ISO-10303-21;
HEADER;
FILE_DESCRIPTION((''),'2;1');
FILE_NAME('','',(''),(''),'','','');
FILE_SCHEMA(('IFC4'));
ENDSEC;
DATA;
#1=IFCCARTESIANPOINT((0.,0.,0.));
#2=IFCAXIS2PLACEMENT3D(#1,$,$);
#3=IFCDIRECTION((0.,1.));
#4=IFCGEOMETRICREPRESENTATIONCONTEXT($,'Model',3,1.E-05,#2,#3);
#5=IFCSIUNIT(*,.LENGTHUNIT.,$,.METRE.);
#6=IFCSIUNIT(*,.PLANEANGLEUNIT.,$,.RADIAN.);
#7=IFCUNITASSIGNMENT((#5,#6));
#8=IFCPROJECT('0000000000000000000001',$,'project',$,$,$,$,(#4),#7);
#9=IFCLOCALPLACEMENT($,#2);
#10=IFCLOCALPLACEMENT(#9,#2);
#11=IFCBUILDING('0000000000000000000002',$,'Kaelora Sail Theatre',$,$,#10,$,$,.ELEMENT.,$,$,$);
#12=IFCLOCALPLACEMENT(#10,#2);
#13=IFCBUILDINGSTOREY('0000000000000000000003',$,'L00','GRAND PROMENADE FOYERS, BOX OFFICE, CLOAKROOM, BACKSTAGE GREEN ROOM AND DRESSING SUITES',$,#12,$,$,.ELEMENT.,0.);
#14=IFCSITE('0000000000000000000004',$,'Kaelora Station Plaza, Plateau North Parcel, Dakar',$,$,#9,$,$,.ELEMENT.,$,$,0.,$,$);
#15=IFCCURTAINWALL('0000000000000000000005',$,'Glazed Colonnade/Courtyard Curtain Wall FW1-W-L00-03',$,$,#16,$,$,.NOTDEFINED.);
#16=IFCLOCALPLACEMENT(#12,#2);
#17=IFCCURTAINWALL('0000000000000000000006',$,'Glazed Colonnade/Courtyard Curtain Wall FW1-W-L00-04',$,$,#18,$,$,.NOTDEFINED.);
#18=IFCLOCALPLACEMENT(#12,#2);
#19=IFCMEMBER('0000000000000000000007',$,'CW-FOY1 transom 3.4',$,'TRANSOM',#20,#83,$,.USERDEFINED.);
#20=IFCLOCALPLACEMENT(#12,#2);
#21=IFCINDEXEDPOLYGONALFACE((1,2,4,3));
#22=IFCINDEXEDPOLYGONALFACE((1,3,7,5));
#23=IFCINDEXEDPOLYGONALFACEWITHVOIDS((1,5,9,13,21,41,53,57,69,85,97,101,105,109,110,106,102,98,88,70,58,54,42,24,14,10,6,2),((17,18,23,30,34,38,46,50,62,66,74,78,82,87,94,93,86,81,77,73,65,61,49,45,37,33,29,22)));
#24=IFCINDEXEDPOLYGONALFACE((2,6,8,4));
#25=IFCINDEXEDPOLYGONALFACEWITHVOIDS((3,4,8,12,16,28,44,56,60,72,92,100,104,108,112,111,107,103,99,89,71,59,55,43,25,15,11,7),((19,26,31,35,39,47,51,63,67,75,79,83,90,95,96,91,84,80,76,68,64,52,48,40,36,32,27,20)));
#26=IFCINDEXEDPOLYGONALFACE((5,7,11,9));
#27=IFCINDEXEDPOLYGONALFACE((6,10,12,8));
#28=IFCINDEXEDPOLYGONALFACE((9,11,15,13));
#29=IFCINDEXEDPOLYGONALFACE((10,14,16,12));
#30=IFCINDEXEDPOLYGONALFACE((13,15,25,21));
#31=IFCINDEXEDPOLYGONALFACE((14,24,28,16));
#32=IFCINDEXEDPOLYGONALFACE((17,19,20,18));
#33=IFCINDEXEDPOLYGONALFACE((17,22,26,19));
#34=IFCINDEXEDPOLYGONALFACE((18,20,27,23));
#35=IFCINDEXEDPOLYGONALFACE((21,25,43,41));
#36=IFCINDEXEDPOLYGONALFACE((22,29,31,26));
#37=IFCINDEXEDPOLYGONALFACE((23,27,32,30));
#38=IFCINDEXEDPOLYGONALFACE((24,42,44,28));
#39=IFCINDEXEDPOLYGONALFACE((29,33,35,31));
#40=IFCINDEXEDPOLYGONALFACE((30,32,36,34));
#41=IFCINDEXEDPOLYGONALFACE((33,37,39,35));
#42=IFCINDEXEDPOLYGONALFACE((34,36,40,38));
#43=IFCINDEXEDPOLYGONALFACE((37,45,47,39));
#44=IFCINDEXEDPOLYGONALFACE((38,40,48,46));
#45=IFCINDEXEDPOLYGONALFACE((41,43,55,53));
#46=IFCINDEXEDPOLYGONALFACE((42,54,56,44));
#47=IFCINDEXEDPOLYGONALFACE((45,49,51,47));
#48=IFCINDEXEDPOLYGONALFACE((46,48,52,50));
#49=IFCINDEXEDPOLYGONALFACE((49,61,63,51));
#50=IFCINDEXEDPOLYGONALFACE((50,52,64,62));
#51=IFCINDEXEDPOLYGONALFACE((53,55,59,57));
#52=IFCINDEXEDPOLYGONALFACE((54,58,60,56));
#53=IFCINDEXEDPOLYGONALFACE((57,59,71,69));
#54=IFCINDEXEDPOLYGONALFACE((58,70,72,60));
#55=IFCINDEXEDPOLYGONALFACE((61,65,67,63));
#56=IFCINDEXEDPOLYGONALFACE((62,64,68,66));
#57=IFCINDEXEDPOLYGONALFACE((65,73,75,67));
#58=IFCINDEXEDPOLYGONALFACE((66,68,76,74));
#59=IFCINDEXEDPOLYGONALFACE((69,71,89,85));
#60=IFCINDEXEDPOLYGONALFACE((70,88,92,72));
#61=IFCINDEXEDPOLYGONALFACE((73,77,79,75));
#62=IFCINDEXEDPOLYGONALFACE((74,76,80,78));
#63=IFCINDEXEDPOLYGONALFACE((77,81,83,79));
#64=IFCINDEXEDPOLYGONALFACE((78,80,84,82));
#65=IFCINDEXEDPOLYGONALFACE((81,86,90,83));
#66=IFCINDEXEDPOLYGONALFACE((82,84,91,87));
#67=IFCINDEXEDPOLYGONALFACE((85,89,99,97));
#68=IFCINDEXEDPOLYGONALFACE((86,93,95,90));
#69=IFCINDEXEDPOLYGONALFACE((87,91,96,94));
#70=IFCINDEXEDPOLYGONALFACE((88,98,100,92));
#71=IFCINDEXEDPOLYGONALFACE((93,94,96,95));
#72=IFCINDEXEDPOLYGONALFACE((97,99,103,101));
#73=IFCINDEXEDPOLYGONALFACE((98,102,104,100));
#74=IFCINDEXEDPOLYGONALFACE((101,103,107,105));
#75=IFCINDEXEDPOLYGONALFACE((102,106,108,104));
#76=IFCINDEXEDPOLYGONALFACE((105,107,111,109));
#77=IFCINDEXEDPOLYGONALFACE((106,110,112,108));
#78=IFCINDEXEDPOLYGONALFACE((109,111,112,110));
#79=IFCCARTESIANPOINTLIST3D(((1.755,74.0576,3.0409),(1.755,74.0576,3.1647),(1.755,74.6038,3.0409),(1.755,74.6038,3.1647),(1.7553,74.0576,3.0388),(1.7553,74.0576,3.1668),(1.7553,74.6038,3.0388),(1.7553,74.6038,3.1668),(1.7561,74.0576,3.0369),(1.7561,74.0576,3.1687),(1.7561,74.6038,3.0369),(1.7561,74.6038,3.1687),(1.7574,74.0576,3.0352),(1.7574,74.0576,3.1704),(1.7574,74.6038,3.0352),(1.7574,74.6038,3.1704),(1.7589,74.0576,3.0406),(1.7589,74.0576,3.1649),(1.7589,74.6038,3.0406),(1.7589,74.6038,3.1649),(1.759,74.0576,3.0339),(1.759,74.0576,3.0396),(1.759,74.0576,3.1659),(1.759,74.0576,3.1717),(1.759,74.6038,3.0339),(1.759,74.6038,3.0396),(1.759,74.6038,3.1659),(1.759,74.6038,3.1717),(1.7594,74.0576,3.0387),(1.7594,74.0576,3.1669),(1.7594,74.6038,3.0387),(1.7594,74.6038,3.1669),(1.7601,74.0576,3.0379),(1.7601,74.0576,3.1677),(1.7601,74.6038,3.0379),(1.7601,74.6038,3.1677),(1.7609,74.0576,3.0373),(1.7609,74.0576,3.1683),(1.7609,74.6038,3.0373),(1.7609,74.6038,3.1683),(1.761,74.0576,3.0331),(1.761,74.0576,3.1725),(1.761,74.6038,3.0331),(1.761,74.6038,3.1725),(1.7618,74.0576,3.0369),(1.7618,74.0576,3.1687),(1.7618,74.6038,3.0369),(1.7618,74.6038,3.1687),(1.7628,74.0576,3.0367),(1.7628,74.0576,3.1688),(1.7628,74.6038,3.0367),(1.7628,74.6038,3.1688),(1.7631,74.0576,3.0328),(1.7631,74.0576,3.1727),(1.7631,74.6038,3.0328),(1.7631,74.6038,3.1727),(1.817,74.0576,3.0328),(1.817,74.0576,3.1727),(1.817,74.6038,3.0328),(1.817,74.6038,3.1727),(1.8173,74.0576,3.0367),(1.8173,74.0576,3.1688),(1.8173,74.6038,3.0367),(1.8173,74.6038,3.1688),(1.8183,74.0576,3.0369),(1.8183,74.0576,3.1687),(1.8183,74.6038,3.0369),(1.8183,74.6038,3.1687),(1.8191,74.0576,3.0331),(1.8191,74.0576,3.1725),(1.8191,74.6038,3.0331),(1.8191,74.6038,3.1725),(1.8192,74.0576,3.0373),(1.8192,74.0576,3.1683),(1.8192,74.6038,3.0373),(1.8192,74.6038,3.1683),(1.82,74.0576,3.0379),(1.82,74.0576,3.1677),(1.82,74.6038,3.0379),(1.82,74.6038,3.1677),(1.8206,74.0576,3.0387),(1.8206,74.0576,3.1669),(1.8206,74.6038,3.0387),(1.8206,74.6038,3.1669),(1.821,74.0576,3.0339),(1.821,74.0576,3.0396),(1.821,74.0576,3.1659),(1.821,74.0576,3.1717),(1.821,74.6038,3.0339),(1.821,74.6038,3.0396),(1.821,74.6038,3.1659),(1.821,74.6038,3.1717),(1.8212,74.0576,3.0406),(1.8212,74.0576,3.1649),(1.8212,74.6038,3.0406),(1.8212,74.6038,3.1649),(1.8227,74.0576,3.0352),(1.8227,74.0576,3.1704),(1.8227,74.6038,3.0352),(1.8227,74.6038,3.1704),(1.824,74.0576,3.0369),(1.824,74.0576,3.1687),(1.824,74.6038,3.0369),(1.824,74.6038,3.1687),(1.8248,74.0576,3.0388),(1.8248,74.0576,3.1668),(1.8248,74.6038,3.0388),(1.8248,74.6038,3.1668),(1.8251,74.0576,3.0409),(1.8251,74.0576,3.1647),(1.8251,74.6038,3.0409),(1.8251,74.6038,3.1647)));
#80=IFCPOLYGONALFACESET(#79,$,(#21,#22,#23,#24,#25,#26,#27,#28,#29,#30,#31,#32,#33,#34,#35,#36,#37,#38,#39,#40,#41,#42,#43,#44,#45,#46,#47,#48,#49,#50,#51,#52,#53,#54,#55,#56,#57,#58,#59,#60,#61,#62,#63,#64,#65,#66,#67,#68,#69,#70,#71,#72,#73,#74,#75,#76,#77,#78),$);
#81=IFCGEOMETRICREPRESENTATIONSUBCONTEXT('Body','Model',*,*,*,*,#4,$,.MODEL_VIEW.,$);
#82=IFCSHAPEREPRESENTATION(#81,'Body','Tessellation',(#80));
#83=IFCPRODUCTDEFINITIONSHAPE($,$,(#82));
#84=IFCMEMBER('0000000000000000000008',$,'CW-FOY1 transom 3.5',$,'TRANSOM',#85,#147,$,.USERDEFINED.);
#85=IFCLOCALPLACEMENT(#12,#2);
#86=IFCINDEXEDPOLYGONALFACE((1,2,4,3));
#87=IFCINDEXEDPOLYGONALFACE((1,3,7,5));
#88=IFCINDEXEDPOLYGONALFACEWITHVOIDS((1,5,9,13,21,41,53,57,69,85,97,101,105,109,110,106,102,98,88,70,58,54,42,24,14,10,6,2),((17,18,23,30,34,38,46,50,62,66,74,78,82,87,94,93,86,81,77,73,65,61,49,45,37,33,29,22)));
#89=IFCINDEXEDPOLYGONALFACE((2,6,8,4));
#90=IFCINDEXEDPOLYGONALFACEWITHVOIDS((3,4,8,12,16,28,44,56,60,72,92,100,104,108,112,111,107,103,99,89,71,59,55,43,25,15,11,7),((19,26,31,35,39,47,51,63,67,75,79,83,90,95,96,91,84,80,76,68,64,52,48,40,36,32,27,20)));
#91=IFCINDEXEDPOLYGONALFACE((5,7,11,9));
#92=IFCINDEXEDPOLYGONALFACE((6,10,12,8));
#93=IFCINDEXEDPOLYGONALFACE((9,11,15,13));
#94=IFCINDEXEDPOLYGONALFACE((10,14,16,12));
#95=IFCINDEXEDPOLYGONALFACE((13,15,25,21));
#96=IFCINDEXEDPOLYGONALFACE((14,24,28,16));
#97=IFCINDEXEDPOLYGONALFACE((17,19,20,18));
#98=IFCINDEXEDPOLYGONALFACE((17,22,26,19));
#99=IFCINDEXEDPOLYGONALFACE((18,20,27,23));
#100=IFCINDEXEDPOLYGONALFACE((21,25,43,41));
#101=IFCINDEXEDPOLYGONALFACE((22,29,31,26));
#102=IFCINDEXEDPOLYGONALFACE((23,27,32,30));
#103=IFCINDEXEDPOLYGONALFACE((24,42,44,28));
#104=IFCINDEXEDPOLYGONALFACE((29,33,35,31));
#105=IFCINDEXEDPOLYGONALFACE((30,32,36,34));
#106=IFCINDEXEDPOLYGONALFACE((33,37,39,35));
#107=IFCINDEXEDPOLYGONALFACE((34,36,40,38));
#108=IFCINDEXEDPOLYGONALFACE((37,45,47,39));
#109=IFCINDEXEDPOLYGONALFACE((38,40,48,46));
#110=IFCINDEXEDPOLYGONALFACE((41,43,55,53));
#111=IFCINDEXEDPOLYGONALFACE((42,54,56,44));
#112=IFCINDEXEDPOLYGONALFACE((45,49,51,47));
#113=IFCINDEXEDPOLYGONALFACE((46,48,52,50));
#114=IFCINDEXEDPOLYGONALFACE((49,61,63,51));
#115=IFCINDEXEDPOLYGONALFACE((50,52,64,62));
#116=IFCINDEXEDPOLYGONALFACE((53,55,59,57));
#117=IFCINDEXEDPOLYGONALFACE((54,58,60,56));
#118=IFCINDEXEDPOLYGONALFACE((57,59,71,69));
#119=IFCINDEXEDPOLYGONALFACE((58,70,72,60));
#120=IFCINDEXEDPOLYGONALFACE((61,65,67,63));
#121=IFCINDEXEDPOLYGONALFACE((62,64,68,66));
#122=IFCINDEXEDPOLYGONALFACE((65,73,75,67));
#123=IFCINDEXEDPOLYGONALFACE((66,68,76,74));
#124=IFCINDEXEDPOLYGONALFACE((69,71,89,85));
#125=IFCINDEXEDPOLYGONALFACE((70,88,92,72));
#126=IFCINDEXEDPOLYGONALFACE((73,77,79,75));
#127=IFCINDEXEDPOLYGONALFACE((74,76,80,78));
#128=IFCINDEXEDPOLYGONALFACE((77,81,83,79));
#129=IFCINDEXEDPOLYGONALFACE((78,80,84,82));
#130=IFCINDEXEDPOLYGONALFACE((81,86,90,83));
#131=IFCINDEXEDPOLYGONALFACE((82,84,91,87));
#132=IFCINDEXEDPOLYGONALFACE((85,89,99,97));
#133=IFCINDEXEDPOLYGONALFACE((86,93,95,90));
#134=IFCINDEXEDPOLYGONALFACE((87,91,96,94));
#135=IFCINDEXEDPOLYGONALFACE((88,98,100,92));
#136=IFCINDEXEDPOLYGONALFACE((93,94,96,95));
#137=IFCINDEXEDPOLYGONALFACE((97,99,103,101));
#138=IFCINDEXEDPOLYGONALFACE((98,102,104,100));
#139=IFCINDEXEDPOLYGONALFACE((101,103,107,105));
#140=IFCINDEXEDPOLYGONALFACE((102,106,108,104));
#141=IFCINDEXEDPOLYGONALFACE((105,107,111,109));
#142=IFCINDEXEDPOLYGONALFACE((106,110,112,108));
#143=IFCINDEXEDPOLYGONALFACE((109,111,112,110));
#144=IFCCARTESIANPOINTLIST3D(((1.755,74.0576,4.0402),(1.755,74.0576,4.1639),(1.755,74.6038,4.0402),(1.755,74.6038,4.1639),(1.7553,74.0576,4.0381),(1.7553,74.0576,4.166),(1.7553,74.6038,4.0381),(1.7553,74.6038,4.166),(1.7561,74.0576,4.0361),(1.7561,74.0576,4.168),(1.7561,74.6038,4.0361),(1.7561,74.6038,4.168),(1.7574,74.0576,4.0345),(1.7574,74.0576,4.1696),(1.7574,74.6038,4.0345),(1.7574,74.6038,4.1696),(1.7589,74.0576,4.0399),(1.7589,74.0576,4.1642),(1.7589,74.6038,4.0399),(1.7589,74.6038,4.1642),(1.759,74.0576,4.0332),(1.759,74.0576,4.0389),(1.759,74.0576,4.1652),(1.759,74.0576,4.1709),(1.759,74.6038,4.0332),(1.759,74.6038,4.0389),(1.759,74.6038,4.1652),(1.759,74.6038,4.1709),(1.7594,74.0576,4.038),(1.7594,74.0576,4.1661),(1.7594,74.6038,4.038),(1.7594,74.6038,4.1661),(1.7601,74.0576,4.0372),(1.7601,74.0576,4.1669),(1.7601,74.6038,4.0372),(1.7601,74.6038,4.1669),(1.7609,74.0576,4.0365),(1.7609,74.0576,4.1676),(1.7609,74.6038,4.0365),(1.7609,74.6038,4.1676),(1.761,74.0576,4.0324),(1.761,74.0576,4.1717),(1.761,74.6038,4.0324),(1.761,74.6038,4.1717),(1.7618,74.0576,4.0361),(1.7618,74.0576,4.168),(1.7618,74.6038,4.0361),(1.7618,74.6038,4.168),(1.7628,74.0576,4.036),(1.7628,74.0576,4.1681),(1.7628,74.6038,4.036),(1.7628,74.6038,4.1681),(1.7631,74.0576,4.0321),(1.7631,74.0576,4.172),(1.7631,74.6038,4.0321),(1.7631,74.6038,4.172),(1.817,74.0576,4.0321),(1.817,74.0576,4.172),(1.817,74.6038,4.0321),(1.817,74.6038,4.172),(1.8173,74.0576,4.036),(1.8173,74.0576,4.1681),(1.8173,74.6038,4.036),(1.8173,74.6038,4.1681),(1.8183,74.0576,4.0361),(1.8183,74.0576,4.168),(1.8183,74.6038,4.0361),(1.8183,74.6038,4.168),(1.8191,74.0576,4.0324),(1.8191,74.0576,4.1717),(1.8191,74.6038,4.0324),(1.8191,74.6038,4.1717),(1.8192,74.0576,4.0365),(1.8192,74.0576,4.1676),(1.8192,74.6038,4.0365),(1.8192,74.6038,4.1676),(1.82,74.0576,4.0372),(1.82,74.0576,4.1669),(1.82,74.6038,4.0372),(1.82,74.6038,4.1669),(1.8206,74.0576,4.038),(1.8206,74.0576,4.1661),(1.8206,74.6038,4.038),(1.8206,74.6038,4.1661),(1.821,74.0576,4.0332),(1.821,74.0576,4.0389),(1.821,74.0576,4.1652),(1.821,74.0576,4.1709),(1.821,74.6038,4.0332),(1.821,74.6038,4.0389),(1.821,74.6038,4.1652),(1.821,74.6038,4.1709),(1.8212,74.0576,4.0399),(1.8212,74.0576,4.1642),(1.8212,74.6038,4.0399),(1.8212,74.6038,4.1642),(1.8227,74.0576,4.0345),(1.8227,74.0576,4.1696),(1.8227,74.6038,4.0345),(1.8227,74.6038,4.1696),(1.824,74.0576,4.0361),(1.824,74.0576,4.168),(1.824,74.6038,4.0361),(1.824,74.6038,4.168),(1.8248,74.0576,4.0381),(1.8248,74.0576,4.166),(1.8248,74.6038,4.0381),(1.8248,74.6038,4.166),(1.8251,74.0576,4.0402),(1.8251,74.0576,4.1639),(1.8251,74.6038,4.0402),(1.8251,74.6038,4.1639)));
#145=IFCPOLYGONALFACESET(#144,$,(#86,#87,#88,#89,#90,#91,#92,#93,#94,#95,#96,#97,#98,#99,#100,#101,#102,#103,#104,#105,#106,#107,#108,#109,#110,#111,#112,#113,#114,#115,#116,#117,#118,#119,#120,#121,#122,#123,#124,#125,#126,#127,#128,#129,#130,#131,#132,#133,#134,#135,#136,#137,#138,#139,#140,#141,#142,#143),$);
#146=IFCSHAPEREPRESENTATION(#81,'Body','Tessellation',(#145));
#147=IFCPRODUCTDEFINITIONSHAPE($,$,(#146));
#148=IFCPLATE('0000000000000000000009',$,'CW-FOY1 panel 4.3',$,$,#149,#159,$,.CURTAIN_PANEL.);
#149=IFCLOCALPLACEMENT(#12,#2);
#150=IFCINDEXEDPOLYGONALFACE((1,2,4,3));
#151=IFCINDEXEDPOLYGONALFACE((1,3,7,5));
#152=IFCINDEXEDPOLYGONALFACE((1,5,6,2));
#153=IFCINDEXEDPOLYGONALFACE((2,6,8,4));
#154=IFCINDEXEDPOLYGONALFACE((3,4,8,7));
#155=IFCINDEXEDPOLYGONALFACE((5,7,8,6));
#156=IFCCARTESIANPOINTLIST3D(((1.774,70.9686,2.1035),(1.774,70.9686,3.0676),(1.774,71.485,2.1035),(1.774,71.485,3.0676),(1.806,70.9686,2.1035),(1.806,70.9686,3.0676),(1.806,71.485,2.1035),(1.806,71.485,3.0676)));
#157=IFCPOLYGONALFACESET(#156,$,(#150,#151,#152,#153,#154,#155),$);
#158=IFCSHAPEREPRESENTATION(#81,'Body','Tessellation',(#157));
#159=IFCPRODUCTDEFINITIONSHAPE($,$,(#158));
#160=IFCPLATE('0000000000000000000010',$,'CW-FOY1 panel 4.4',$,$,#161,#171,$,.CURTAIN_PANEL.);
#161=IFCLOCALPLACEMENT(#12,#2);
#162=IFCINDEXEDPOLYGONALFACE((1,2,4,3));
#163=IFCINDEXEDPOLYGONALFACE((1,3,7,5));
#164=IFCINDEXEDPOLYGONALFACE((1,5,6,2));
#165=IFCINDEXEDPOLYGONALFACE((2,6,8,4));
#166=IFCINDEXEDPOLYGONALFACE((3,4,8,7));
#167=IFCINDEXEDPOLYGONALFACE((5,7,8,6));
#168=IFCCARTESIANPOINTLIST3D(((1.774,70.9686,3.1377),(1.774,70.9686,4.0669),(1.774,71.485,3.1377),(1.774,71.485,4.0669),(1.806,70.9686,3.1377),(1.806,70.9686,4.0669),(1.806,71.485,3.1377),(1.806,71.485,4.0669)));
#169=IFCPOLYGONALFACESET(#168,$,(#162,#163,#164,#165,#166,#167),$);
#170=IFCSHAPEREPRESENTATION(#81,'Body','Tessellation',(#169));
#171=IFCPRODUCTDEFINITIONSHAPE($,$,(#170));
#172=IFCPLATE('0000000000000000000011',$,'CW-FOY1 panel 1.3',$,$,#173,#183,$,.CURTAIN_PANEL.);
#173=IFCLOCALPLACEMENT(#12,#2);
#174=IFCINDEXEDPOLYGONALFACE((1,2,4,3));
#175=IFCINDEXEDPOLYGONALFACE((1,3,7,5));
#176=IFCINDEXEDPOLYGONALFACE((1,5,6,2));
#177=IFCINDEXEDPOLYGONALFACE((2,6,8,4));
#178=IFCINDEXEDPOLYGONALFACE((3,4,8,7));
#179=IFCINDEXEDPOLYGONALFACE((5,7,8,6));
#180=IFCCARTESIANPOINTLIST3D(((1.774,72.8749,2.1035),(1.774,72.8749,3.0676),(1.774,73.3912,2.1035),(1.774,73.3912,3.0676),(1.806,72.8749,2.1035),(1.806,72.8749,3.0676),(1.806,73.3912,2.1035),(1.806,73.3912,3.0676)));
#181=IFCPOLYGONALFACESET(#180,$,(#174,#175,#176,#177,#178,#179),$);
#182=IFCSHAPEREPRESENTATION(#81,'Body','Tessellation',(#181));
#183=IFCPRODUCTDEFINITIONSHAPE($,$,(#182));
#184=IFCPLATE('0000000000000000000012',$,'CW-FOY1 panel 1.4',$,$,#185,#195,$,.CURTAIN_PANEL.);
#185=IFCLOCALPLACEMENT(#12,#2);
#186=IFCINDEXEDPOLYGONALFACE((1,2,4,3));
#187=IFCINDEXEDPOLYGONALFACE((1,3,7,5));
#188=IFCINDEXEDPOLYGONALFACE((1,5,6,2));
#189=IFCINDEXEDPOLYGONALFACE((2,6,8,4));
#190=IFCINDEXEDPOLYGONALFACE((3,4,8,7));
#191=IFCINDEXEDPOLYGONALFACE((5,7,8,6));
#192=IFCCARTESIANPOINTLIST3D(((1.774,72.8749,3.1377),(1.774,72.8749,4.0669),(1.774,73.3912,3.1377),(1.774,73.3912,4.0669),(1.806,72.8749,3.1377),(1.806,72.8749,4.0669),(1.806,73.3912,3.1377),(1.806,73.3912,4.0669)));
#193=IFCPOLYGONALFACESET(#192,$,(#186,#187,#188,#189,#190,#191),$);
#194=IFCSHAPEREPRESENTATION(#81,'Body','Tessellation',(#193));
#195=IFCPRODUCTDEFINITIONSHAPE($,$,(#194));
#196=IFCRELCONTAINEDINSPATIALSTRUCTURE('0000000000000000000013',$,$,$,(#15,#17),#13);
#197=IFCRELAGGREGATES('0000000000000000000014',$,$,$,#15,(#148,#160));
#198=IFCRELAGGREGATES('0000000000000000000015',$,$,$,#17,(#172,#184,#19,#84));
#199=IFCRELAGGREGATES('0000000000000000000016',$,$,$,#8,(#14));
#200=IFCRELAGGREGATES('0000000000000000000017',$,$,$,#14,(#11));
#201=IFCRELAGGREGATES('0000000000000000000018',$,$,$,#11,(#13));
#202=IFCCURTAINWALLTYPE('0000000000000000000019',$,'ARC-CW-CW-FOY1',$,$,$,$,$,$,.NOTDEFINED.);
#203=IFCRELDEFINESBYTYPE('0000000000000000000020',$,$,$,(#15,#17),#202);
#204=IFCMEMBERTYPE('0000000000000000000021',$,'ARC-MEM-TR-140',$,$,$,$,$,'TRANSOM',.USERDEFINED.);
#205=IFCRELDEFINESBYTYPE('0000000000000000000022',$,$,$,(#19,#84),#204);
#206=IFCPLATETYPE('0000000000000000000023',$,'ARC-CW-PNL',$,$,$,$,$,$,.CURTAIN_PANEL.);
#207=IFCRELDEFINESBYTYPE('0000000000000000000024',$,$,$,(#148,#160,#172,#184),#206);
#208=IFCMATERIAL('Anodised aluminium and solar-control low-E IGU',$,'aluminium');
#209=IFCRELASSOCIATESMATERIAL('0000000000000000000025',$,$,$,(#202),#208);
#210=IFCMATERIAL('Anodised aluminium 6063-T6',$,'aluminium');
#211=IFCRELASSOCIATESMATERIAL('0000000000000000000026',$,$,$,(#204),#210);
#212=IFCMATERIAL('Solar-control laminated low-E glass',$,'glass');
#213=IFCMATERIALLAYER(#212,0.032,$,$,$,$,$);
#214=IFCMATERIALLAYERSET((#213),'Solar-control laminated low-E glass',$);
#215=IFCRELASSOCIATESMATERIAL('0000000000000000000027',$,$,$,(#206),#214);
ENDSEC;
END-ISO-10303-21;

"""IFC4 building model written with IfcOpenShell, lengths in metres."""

from ifc_helpers import new_model, si_unit, direction, frame, origin, origin_2d, place, context, subcontext, project, spatial, rectangle, hollow_rectangle, extrude, material, layer, layer_set, material_profile, profile_set, type_object, element, aggregate, save


model = new_model("IFC4")

# Units and contexts
model_context = context("Model", 3, precision=1e-05, world=origin(), true_north=direction((0.0, 1.0)))
body_context = subcontext(model_context, "Body", "Model", "MODEL_VIEW")
ifc_project = project(units=[si_unit("LENGTHUNIT", "METRE"), si_unit("PLANEANGLEUNIT", "RADIAN")], contexts=[model_context])

# Site, building, storey
site_placement = place(None, origin())
site = spatial("IfcSite", under=ifc_project, at=site_placement, Name="Kaelora Station Plaza, Plateau North Parcel, Dakar", CompositionType="ELEMENT", RefElevation=0.0)
building_placement = place(site_placement, origin())
building = spatial("IfcBuilding", under=site, at=building_placement, Name="Kaelora Sail Theatre", CompositionType="ELEMENT")
storey_placement = place(building_placement, origin())
storey = spatial("IfcBuildingStorey", under=building, at=storey_placement, Name="L00", Description="GRAND PROMENADE FOYERS, BOX OFFICE, CLOAKROOM, BACKSTAGE GREEN ROOM AND DRESSING SUITES", CompositionType="ELEMENT", Elevation=0.0)

# Curtain walls, members
ifc_material_1 = material(Name="Anodised aluminium and solar-control low-E IGU", Category="aluminium")
curtain_wall_type = type_object("IfcCurtainWallType", Name="ARC-CW-CW-FOY1", PredefinedType="NOTDEFINED", material=ifc_material_1)
curtain_wall_1_placement = place(storey_placement, origin())
curtain_wall_1 = element("IfcCurtainWall", 1, at=curtain_wall_1_placement, inside=storey, type_object=curtain_wall_type, Name="Glazed Colonnade/Courtyard Curtain Wall FW1-W-L00-03", PredefinedType="NOTDEFINED")
ifc_material_2 = material(Name="Anodised aluminium 6063-T6", Category="aluminium")
ifc_material_profile = material_profile(ifc_material_2, hollow_rectangle(XDim=0.0701, YDim=0.1399, WallThickness=0.0039, InnerFilletRadius=0.0039, OuterFilletRadius=0.0081, at=origin_2d()), Name="ALU-TRAN 70x140x4")
ifc_profile_set = profile_set([ifc_material_profile], Name="Anodised aluminium 6063-T6")
member_type = type_object("IfcMemberType", Name="ARC-MEM-TR-140", ElementType="TRANSOM", PredefinedType="USERDEFINED", material=ifc_profile_set)
curtain_wall_2_placement = place(storey_placement, origin())
curtain_wall_2 = element("IfcCurtainWall", 2, at=curtain_wall_2_placement, inside=storey, type_object=curtain_wall_type, Name="Glazed Colonnade/Courtyard Curtain Wall FW1-W-L00-04", PredefinedType="NOTDEFINED")
member_1_placement = place(storey_placement, frame((1.79, 74.0576, 3.1028), z_axis=(0.0, 1.0, 0.0), x_axis=(-1.0, 0.0, 0.0)))
member_1 = element("IfcMember", 3, at=member_1_placement, type_object=member_type, Name="CW-FOY1 transom 3.4", ObjectType="TRANSOM", PredefinedType="USERDEFINED", context=body_context, shape_type="SweptSolid", body=[
    extrude(hollow_rectangle(XDim=0.0701, YDim=0.1399, WallThickness=0.0039, InnerFilletRadius=0.0039, OuterFilletRadius=0.0081, at=origin_2d()), origin(), (0.0, 0.0, 1.0), 0.5461),
])
member_2_placement = place(storey_placement, frame((1.79, 74.0576, 4.1021), z_axis=(0.0, 1.0, 0.0), x_axis=(-1.0, 0.0, 0.0)))
member_2 = element("IfcMember", 4, at=member_2_placement, type_object=member_type, Name="CW-FOY1 transom 3.5", ObjectType="TRANSOM", PredefinedType="USERDEFINED", context=body_context, shape_type="SweptSolid", body=[
    extrude(hollow_rectangle(XDim=0.0701, YDim=0.1399, WallThickness=0.0039, InnerFilletRadius=0.0039, OuterFilletRadius=0.0081, at=origin_2d()), origin(), (0.0, 0.0, 1.0), 0.5461),
])

# Plates
ifc_material_3 = material(Name="Solar-control laminated low-E glass", Category="glass")
ifc_layer = layer(ifc_material_3, 0.032)
ifc_layer_set = layer_set([ifc_layer], Name="Solar-control laminated low-E glass")
plate_type = type_object("IfcPlateType", Name="ARC-CW-PNL", PredefinedType="CURTAIN_PANEL", material=ifc_layer_set)
plate_1_placement = place(storey_placement, frame((1.79, 71.2268, 2.1035), z_axis=(0.0, 0.0, 1.0), x_axis=(0.0, 1.0, 0.0)))
plate_1 = element("IfcPlate", 5, at=plate_1_placement, type_object=plate_type, Name="CW-FOY1 panel 4.3", PredefinedType="CURTAIN_PANEL", context=body_context, shape_type="SweptSolid", body=[
    extrude(rectangle(XDim=0.5164, YDim=0.032, at=origin_2d()), origin(), (0.0, 0.0, 1.0), 0.9641),
])
plate_2_placement = place(storey_placement, frame((1.79, 71.2268, 3.1377), z_axis=(0.0, 0.0, 1.0), x_axis=(0.0, 1.0, 0.0)))
plate_2 = element("IfcPlate", 6, at=plate_2_placement, type_object=plate_type, Name="CW-FOY1 panel 4.4", PredefinedType="CURTAIN_PANEL", context=body_context, shape_type="SweptSolid", body=[
    extrude(rectangle(XDim=0.5164, YDim=0.032, at=origin_2d()), origin(), (0.0, 0.0, 1.0), 0.9292),
])
aggregate(curtain_wall_1, [plate_1, plate_2])
plate_3_placement = place(storey_placement, frame((1.79, 73.1331, 2.1035), z_axis=(0.0, 0.0, 1.0), x_axis=(0.0, 1.0, 0.0)))
plate_3 = element("IfcPlate", 7, at=plate_3_placement, type_object=plate_type, Name="CW-FOY1 panel 1.3", PredefinedType="CURTAIN_PANEL", context=body_context, shape_type="SweptSolid", body=[
    extrude(rectangle(XDim=0.5164, YDim=0.032, at=origin_2d()), origin(), (0.0, 0.0, 1.0), 0.9641),
])
plate_4_placement = place(storey_placement, frame((1.79, 73.1331, 3.1377), z_axis=(0.0, 0.0, 1.0), x_axis=(0.0, 1.0, 0.0)))
plate_4 = element("IfcPlate", 8, at=plate_4_placement, type_object=plate_type, Name="CW-FOY1 panel 1.4", PredefinedType="CURTAIN_PANEL", context=body_context, shape_type="SweptSolid", body=[
    extrude(rectangle(XDim=0.5164, YDim=0.032, at=origin_2d()), origin(), (0.0, 0.0, 1.0), 0.9292),
])
aggregate(curtain_wall_2, [plate_3, plate_4, member_1, member_2])

save(model, "model.ifc")
